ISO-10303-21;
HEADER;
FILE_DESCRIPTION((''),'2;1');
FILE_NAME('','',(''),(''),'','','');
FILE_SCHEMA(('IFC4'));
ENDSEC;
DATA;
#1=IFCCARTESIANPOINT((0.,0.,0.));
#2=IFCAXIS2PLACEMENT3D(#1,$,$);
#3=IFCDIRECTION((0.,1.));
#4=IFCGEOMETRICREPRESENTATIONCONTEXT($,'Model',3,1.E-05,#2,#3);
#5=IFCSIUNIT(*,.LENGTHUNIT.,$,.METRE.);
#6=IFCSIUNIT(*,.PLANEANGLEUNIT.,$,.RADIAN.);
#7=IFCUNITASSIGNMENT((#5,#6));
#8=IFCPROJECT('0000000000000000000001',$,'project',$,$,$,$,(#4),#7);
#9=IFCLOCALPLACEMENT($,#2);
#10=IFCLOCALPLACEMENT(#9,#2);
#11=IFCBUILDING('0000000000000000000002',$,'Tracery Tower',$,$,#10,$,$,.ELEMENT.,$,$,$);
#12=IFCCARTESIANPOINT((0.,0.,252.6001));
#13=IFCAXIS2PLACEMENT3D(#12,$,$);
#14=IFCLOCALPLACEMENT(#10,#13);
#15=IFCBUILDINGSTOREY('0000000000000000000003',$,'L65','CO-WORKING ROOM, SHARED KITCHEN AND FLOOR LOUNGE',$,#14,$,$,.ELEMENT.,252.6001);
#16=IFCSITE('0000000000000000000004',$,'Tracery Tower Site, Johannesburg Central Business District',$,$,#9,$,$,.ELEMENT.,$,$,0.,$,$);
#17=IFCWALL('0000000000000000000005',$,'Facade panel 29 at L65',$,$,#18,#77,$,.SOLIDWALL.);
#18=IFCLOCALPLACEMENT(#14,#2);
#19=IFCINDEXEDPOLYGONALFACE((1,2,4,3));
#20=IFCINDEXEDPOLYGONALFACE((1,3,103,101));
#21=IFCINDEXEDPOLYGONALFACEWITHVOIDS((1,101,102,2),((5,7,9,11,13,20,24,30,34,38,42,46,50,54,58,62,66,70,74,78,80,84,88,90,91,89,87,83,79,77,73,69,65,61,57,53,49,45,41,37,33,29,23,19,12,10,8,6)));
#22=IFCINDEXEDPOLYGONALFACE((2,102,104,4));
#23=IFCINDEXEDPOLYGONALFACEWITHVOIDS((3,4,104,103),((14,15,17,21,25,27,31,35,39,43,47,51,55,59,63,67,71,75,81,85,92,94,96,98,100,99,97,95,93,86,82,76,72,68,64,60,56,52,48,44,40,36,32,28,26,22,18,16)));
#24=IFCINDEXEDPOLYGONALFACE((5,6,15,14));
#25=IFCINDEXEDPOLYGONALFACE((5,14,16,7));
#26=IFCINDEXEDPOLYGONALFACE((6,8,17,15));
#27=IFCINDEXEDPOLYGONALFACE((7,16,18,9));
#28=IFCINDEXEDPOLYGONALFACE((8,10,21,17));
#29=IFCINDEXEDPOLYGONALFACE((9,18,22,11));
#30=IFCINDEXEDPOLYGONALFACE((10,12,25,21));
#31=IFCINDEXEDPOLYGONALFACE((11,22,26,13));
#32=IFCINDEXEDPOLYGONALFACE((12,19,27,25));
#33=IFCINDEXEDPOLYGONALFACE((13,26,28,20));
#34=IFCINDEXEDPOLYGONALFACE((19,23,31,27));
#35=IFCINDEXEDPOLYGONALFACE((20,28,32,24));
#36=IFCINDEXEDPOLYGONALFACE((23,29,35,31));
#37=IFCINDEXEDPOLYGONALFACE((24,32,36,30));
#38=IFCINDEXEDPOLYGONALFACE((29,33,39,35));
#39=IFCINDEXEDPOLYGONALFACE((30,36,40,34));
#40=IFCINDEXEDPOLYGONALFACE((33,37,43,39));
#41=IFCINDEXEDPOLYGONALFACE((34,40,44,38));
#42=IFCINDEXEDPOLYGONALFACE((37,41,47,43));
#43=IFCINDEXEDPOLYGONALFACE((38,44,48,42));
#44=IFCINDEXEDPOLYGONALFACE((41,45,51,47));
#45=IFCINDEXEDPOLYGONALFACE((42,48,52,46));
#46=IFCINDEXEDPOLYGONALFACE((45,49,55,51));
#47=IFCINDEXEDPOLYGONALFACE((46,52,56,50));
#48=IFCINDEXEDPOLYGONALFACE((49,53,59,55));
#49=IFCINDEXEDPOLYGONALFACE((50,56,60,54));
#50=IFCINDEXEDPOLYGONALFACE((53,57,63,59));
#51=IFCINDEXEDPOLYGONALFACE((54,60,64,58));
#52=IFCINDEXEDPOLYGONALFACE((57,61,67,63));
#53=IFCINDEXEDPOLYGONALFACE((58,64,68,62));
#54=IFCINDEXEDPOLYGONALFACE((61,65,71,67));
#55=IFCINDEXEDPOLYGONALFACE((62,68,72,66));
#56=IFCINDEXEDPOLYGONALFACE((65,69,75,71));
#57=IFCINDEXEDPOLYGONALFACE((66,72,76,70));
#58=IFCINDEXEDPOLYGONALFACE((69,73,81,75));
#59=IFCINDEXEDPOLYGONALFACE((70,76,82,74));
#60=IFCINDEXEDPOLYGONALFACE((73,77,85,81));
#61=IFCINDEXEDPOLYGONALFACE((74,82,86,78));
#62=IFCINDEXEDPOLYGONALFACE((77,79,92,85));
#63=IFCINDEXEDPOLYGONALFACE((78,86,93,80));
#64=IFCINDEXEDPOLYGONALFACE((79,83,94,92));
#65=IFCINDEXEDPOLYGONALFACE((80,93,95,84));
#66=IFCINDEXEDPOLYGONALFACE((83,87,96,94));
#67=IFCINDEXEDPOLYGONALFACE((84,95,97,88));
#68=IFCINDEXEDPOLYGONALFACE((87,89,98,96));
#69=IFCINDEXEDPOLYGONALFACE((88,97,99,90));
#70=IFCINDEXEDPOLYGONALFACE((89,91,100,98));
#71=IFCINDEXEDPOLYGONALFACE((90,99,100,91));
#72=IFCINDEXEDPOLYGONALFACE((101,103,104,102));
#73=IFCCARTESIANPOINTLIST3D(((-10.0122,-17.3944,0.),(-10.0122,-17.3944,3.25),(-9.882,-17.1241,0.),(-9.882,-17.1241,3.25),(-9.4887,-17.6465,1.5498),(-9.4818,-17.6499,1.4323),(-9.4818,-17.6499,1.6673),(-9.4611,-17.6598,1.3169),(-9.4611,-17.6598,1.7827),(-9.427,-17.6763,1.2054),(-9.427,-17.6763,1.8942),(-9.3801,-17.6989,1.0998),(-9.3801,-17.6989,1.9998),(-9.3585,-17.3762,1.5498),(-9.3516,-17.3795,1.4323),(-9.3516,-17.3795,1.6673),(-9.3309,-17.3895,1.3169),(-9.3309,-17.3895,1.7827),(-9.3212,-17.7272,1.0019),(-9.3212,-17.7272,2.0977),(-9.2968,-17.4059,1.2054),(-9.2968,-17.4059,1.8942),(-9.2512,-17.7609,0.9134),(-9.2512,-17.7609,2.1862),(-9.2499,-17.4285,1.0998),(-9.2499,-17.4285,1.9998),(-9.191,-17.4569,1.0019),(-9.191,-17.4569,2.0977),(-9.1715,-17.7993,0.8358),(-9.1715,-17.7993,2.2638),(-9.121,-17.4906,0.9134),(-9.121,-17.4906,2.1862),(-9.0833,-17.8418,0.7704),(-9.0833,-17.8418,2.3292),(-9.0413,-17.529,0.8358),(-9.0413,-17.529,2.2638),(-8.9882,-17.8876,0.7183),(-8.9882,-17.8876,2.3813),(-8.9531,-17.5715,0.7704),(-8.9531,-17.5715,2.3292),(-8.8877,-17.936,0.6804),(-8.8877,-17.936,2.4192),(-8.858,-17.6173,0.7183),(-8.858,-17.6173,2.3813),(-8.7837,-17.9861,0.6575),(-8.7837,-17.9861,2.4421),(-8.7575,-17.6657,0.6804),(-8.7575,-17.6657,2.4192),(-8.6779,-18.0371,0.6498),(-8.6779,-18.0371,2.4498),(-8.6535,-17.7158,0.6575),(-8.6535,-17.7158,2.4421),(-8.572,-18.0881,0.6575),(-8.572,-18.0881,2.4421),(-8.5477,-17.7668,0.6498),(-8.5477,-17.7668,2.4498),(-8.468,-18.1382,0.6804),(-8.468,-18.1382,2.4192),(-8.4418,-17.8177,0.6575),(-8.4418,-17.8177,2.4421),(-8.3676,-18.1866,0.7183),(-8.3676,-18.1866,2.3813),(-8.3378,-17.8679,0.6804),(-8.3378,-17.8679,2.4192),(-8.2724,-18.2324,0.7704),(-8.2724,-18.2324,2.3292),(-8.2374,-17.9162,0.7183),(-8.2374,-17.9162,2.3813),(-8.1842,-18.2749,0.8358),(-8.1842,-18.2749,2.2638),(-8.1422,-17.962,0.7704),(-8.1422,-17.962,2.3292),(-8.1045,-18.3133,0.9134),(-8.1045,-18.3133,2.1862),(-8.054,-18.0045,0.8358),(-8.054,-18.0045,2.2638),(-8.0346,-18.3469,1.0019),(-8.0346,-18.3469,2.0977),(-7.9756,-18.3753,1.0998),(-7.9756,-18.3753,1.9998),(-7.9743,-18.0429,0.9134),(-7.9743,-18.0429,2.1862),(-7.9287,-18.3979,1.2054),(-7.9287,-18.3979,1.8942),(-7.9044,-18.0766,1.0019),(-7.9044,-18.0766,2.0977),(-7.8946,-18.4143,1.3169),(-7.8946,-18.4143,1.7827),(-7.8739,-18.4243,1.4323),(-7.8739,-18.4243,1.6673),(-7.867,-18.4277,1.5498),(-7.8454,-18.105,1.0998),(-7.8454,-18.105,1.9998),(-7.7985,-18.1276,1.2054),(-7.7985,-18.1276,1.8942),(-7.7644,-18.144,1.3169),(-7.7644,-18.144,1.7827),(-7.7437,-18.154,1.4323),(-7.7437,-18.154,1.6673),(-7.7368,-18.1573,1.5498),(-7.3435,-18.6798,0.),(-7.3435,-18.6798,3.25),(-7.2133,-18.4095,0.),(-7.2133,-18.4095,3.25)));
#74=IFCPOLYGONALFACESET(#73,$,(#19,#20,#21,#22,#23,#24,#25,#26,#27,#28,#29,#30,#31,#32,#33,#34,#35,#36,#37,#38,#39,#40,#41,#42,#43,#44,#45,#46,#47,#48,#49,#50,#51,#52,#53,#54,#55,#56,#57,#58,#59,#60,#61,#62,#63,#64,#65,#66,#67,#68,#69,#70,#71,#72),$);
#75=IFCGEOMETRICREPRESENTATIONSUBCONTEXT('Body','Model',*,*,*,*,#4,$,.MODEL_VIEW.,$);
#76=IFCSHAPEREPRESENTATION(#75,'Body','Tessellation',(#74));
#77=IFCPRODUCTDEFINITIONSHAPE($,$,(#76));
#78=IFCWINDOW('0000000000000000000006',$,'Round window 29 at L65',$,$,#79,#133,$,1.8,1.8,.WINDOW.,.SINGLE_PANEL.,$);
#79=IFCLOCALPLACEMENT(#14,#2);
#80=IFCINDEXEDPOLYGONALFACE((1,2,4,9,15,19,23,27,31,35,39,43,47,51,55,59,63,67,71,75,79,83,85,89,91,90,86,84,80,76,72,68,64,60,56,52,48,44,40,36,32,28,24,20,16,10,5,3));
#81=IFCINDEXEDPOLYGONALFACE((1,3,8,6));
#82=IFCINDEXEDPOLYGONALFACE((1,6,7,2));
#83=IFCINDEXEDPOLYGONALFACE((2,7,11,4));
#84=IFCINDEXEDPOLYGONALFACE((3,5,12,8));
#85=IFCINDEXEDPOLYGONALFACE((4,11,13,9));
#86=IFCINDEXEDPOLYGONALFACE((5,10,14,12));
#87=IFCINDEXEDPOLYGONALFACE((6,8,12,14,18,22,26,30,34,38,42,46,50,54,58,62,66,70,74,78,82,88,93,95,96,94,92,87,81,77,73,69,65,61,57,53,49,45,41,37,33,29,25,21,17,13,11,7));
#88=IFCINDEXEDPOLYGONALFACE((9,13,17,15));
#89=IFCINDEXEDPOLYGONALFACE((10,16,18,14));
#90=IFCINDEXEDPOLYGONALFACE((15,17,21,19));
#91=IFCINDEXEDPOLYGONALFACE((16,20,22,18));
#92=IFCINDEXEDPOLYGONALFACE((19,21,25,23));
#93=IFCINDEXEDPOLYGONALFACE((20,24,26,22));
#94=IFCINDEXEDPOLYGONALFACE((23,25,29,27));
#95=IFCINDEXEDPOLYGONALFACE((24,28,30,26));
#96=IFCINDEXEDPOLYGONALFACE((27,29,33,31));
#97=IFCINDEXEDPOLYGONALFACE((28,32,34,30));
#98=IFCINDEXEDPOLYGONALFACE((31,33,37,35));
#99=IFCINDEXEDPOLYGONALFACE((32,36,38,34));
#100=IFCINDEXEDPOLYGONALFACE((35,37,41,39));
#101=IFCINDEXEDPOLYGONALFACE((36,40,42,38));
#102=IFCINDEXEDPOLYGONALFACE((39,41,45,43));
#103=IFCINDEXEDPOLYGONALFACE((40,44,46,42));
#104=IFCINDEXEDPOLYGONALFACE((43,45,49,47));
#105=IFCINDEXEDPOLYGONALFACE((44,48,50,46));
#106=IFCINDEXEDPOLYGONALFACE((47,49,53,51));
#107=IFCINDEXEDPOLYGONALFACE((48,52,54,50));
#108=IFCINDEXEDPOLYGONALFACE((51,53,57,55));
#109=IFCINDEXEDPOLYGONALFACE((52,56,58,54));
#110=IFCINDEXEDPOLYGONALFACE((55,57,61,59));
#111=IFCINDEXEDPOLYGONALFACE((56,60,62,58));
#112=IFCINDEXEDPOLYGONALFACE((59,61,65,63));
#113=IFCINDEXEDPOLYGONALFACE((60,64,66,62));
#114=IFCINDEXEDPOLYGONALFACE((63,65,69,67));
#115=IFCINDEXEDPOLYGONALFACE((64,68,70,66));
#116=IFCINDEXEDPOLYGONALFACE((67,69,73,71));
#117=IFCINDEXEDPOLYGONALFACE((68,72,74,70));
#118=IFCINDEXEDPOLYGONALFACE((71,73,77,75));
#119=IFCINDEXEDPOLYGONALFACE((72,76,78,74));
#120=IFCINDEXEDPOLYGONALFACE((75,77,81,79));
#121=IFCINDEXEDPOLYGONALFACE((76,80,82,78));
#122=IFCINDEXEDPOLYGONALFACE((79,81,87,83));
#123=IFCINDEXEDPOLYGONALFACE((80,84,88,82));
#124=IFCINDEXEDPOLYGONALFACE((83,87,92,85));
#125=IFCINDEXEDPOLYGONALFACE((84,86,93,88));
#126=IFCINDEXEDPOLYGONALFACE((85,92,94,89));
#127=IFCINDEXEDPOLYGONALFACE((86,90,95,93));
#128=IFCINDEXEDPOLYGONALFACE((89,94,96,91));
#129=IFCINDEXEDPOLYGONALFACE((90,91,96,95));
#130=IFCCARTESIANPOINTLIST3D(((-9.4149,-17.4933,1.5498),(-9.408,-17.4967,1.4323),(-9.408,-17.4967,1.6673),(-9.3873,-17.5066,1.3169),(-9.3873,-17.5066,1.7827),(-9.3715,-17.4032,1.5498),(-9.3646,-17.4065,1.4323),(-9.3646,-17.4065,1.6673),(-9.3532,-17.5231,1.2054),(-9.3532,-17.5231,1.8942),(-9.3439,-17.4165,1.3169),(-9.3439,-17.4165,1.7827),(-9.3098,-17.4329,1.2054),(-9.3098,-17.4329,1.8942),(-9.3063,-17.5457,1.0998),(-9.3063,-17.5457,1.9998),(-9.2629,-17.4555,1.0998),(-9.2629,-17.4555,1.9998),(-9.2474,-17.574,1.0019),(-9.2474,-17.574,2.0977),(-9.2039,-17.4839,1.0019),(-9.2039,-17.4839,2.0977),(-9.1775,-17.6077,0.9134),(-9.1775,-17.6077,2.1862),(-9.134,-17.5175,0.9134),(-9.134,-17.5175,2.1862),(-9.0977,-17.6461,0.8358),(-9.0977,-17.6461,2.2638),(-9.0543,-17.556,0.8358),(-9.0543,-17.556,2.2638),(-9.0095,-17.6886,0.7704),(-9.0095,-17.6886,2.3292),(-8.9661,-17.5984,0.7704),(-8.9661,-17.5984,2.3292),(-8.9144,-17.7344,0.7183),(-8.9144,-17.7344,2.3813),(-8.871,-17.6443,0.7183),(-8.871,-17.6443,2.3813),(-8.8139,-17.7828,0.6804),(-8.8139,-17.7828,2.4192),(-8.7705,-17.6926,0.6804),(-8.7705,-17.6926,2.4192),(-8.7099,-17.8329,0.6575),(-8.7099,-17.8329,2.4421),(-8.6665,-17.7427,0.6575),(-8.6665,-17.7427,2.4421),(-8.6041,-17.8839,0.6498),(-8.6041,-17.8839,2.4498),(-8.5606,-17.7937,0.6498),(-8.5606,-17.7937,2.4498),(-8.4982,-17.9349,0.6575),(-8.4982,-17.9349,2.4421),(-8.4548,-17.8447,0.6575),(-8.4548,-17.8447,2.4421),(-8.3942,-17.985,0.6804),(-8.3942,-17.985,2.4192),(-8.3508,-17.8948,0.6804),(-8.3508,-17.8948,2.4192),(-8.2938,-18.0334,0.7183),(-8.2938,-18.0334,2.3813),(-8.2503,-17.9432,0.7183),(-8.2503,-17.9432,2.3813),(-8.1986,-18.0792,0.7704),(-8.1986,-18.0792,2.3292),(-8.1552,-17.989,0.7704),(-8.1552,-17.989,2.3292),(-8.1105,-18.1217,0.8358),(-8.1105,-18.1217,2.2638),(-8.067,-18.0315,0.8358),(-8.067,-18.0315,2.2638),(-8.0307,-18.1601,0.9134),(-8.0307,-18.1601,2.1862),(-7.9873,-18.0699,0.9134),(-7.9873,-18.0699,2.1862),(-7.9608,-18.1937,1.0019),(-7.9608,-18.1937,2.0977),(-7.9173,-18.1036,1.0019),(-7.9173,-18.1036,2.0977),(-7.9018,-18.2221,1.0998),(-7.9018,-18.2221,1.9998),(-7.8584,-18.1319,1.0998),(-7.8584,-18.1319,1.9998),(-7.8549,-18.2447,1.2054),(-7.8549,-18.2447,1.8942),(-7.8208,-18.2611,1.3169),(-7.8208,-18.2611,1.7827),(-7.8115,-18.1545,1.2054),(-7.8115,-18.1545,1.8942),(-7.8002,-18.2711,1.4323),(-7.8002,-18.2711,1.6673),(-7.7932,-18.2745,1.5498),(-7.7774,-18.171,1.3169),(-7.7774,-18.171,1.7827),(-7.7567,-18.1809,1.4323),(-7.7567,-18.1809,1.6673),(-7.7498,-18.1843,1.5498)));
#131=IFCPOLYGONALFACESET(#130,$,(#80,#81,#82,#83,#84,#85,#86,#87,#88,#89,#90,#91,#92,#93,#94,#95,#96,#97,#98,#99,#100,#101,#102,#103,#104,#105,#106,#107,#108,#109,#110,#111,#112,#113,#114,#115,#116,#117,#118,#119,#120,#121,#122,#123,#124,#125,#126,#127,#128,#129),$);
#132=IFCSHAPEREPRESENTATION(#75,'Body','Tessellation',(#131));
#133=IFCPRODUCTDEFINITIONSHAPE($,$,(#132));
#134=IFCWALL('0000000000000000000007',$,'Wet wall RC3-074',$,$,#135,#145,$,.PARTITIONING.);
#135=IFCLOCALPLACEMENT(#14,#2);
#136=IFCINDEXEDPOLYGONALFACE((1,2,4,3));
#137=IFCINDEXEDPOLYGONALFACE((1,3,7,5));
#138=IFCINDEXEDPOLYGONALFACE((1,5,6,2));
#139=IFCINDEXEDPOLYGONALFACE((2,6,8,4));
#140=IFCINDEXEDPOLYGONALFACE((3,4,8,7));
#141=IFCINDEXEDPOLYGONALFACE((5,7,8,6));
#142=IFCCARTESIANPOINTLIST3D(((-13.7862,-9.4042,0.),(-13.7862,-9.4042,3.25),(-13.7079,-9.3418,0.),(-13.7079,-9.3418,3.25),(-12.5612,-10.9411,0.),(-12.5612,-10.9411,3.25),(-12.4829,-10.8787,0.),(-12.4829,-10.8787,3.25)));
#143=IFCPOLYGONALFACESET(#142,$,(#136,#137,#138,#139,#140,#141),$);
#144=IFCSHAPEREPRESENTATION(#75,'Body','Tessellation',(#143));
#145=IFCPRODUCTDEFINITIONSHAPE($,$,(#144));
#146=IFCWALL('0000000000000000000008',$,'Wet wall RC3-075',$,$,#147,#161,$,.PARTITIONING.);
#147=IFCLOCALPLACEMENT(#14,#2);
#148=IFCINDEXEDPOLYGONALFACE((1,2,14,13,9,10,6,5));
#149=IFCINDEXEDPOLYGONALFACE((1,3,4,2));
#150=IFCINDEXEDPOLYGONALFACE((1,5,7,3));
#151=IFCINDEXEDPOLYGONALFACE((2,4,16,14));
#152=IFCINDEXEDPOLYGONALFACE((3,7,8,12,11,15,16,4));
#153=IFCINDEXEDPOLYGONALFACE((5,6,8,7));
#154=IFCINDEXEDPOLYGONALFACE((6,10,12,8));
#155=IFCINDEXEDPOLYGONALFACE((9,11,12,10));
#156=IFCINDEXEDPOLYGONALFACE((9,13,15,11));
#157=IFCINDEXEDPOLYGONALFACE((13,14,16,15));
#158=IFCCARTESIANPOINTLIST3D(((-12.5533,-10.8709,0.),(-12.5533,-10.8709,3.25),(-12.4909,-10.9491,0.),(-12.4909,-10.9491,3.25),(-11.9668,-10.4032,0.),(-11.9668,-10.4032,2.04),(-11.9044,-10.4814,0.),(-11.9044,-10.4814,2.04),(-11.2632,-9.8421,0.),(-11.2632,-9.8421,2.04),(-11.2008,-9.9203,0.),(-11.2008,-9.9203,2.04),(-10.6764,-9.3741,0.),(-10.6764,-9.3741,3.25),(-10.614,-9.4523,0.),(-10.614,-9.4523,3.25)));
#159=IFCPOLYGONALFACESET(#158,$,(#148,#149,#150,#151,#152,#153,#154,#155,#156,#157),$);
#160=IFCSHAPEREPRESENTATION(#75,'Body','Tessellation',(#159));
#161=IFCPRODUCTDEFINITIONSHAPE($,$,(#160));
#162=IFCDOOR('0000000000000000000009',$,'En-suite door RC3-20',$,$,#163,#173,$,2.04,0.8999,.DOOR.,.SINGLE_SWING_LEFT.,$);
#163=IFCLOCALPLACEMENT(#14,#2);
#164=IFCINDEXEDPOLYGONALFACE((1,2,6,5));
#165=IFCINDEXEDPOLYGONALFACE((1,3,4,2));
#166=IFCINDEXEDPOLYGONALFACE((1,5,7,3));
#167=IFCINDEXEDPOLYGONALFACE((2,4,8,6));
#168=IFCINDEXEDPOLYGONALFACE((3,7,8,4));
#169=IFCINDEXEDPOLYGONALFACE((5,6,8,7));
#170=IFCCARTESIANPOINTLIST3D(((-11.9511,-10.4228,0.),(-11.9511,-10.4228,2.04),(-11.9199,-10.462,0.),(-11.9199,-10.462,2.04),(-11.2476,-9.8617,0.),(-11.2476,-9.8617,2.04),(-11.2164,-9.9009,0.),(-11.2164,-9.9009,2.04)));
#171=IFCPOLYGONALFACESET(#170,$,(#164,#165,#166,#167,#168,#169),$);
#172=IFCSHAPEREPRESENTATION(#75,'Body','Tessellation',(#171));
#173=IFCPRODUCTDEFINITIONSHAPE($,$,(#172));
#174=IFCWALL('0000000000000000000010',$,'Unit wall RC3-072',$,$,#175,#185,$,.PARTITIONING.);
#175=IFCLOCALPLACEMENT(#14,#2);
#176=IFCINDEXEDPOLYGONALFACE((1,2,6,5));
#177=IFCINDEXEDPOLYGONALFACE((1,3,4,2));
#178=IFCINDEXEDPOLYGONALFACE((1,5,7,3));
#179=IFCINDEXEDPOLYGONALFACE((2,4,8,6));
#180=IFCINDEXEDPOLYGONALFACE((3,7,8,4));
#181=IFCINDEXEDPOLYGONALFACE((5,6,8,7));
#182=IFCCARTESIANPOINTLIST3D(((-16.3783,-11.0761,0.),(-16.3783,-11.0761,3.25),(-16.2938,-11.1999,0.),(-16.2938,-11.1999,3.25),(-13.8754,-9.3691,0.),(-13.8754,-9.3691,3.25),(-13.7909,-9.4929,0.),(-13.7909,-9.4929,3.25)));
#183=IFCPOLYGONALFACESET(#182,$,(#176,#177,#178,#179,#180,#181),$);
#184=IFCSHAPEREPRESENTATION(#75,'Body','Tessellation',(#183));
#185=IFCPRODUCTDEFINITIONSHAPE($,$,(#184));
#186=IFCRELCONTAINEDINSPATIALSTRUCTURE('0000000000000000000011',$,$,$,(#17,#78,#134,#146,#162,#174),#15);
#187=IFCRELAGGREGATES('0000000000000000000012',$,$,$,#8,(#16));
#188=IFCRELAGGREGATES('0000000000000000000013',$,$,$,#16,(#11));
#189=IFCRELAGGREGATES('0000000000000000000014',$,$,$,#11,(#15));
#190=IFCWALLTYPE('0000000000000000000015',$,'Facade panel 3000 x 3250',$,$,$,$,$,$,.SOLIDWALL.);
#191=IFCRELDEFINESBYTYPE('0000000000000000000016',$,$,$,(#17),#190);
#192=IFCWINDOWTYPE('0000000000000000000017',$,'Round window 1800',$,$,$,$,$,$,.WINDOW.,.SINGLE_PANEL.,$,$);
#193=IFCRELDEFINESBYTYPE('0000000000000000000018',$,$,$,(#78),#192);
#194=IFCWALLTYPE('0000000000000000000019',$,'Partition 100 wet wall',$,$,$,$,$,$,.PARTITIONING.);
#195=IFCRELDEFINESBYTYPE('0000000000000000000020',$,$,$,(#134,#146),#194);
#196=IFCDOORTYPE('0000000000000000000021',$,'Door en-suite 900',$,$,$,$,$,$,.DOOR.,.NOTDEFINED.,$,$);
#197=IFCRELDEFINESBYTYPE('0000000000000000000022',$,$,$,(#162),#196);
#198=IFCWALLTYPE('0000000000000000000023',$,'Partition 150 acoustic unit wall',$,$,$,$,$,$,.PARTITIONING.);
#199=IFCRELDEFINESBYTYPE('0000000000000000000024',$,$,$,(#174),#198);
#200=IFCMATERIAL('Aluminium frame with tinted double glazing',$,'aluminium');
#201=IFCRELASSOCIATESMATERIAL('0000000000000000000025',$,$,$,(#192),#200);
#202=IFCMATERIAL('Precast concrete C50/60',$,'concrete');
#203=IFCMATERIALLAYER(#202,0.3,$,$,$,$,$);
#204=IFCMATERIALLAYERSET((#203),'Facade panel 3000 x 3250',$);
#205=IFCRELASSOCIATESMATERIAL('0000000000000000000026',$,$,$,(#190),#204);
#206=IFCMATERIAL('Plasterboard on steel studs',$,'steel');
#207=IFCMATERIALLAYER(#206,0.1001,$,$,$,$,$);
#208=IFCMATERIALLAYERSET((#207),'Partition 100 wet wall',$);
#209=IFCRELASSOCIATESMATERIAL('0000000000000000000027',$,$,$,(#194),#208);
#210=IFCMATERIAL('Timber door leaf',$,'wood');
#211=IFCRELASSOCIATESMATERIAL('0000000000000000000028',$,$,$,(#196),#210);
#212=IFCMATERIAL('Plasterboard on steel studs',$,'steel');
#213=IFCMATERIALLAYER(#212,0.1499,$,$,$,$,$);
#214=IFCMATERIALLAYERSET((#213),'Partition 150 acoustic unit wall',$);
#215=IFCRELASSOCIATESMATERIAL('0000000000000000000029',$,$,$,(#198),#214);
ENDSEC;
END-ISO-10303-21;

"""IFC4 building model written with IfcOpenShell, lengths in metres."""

from ifc_helpers import new_model, si_unit, direction, frame, frame_2d, origin, origin_2d, place, context, subcontext, project, spatial, rectangle, circle, extrude, material, layer, layer_set, type_object, element, fill, save


model = new_model("IFC4")

# Units and contexts
model_context = context("Model", 3, precision=1e-05, world=origin(), true_north=direction((0.0, 1.0)))
body_context = subcontext(model_context, "Body", "Model", "MODEL_VIEW")
ifc_project = project(units=[si_unit("LENGTHUNIT", "METRE"), si_unit("PLANEANGLEUNIT", "RADIAN")], contexts=[model_context])

# Site, building, storey
site_placement = place(None, origin())
site = spatial("IfcSite", under=ifc_project, at=site_placement, Name="Tracery Tower Site, Johannesburg Central Business District", CompositionType="ELEMENT", RefElevation=0.0)
building_placement = place(site_placement, origin())
building = spatial("IfcBuilding", under=site, at=building_placement, Name="Tracery Tower", CompositionType="ELEMENT")
storey_placement = place(building_placement, frame((0.0, 0.0, 252.6001)))
storey = spatial("IfcBuildingStorey", under=building, at=storey_placement, Name="L65", Description="CO-WORKING ROOM, SHARED KITCHEN AND FLOOR LOUNGE", CompositionType="ELEMENT", Elevation=252.6001)

# Wall, opening, window
ifc_material_1 = material(Name="Aluminium frame with tinted double glazing", Category="aluminium")
window_type = type_object("IfcWindowType", Name="Round window 1800", PartitioningType="SINGLE_PANEL", PredefinedType="WINDOW", material=ifc_material_1)
ifc_material_2 = material(Name="Precast concrete C50/60", Category="concrete")
ifc_layer_1 = layer(ifc_material_2, 0.3)
ifc_layer_set_1 = layer_set([ifc_layer_1], Name="Facade panel 3000 x 3250")
wall_type_1 = type_object("IfcWallType", Name="Facade panel 3000 x 3250", PredefinedType="SOLIDWALL", material=ifc_layer_set_1)
wall_1_placement = place(storey_placement, frame((-9.947, -17.2593, 0.0), z_axis=(0.0, 0.0, 1.0), x_axis=(0.90094, -0.433944, 0.0)))
wall_1 = element("IfcWall", 1, at=wall_1_placement, inside=storey, type_object=wall_type_1, Name="Facade panel 29 at L65", PredefinedType="SOLIDWALL", context=body_context, shape_type="SweptSolid", body=[
    extrude(rectangle(XDim=2.9622, YDim=0.3, at=frame_2d((1.481, 0.0))), origin(), (0.0, 0.0, 1.0), 3.25),
])
opening_1_placement = place(wall_1_placement, frame((1.481, 0.0, 1.5498)))
opening_1 = element("IfcOpeningElement", 2, at=opening_1_placement, cuts=wall_1, PredefinedType="OPENING", context=body_context, shape_type="SweptSolid", body=[
    extrude(circle(Radius=0.9, at=origin_2d()), frame((0.0, 0.1599, 0.0), z_axis=(0.0, -1.0, 0.0), x_axis=(1.0, 0.0, 0.0)), (0.0, 0.0, 1.0), 0.3201),
])
window_1_placement = place(opening_1_placement, origin())
window_1 = element("IfcWindow", 3, at=window_1_placement, inside=storey, type_object=window_type, Name="Round window 29 at L65", OverallHeight=1.8, OverallWidth=1.8, PartitioningType="SINGLE_PANEL", PredefinedType="WINDOW", context=body_context, shape_type="SweptSolid", body=[
    extrude(circle(Radius=0.9, at=origin_2d()), frame((0.0, 0.1201, 0.0), z_axis=(0.0, -1.0, 0.0), x_axis=(1.0, 0.0, 0.0)), (0.0, 0.0, 1.0), 0.1001),
])
fill(opening_1, window_1)

# Wall
ifc_material_3 = material(Name="Plasterboard on steel studs", Category="steel")
ifc_layer_2 = layer(ifc_material_3, 0.1001)
ifc_layer_set_2 = layer_set([ifc_layer_2], Name="Partition 100 wet wall")
wall_type_2 = type_object("IfcWallType", Name="Partition 100 wet wall", PredefinedType="PARTITIONING", material=ifc_layer_set_2)
wall_2_placement = place(storey_placement, frame((-13.7471, -9.373, 0.0), z_axis=(0.0, 0.0, 1.0), x_axis=(0.623331, -0.781958, 0.0)))
element("IfcWall", 4, at=wall_2_placement, inside=storey, type_object=wall_type_2, Name="Wet wall RC3-074", PredefinedType="PARTITIONING", context=body_context, shape_type="SweptSolid", body=[
    extrude(rectangle(XDim=1.9653, YDim=0.1001, at=frame_2d((0.9827, 0.0))), origin(), (0.0, 0.0, 1.0), 3.25),
])

# Wall, opening, door
wall_3_placement = place(storey_placement, frame((-12.522, -10.9099, 0.0), z_axis=(0.0, 0.0, 1.0), x_axis=(0.78183, 0.623491, 0.0)))
wall_3 = element("IfcWall", 5, at=wall_3_placement, inside=storey, type_object=wall_type_2, Name="Wet wall RC3-075", PredefinedType="PARTITIONING", context=body_context, shape_type="SweptSolid", body=[
    extrude(rectangle(XDim=2.4006, YDim=0.1001, at=frame_2d((1.2002, 0.0))), origin(), (0.0, 0.0, 1.0), 3.25),
])
opening_2_placement = place(wall_3_placement, frame((0.75, 0.0, 0.0)))
opening_2 = element("IfcOpeningElement", 6, at=opening_2_placement, cuts=wall_3, PredefinedType="OPENING", context=body_context, shape_type="SweptSolid", body=[
    extrude(rectangle(XDim=0.8999, YDim=2.04, at=frame_2d((0.45, 1.02))), frame((0.0, 0.05, 0.0), z_axis=(0.0, -1.0, 0.0), x_axis=(1.0, 0.0, 0.0)), (0.0, 0.0, 1.0), 0.1001),
])
ifc_material_4 = material(Name="Timber door leaf", Category="wood")
door_type = type_object("IfcDoorType", Name="Door en-suite 900", OperationType="NOTDEFINED", PredefinedType="DOOR", material=ifc_material_4)
door_placement = place(opening_2_placement, origin())
door = element("IfcDoor", 7, at=door_placement, inside=storey, type_object=door_type, Name="En-suite door RC3-20", OperationType="SINGLE_SWING_LEFT", OverallHeight=2.04, OverallWidth=0.8999, PredefinedType="DOOR", context=body_context, shape_type="SweptSolid", body=[
    extrude(rectangle(XDim=0.8999, YDim=2.04, at=frame_2d((0.45, 1.02))), frame((0.0, 0.0249, 0.0), z_axis=(0.0, -1.0, 0.0), x_axis=(1.0, 0.0, 0.0)), (0.0, 0.0, 1.0), 0.05),
])
fill(opening_2, door)

# Wall
ifc_material_5 = material(Name="Plasterboard on steel studs", Category="steel")
ifc_layer_3 = layer(ifc_material_5, 0.1499)
ifc_layer_set_3 = layer_set([ifc_layer_3], Name="Partition 150 acoustic unit wall")
wall_type_3 = type_object("IfcWallType", Name="Partition 150 acoustic unit wall", PredefinedType="PARTITIONING", material=ifc_layer_set_3)
wall_4_placement = place(storey_placement, frame((-16.3359, -11.1379, 0.0), z_axis=(0.0, 0.0, 1.0), x_axis=(0.826152, 0.563447, 0.0)))
element("IfcWall", 8, at=wall_4_placement, inside=storey, type_object=wall_type_3, Name="Unit wall RC3-072", PredefinedType="PARTITIONING", context=body_context, shape_type="SweptSolid", body=[
    extrude(rectangle(XDim=3.0295, YDim=0.1499, at=frame_2d((1.5146, 0.0))), origin(), (0.0, 0.0, 1.0), 3.25),
])

save(model, "model.ifc")
